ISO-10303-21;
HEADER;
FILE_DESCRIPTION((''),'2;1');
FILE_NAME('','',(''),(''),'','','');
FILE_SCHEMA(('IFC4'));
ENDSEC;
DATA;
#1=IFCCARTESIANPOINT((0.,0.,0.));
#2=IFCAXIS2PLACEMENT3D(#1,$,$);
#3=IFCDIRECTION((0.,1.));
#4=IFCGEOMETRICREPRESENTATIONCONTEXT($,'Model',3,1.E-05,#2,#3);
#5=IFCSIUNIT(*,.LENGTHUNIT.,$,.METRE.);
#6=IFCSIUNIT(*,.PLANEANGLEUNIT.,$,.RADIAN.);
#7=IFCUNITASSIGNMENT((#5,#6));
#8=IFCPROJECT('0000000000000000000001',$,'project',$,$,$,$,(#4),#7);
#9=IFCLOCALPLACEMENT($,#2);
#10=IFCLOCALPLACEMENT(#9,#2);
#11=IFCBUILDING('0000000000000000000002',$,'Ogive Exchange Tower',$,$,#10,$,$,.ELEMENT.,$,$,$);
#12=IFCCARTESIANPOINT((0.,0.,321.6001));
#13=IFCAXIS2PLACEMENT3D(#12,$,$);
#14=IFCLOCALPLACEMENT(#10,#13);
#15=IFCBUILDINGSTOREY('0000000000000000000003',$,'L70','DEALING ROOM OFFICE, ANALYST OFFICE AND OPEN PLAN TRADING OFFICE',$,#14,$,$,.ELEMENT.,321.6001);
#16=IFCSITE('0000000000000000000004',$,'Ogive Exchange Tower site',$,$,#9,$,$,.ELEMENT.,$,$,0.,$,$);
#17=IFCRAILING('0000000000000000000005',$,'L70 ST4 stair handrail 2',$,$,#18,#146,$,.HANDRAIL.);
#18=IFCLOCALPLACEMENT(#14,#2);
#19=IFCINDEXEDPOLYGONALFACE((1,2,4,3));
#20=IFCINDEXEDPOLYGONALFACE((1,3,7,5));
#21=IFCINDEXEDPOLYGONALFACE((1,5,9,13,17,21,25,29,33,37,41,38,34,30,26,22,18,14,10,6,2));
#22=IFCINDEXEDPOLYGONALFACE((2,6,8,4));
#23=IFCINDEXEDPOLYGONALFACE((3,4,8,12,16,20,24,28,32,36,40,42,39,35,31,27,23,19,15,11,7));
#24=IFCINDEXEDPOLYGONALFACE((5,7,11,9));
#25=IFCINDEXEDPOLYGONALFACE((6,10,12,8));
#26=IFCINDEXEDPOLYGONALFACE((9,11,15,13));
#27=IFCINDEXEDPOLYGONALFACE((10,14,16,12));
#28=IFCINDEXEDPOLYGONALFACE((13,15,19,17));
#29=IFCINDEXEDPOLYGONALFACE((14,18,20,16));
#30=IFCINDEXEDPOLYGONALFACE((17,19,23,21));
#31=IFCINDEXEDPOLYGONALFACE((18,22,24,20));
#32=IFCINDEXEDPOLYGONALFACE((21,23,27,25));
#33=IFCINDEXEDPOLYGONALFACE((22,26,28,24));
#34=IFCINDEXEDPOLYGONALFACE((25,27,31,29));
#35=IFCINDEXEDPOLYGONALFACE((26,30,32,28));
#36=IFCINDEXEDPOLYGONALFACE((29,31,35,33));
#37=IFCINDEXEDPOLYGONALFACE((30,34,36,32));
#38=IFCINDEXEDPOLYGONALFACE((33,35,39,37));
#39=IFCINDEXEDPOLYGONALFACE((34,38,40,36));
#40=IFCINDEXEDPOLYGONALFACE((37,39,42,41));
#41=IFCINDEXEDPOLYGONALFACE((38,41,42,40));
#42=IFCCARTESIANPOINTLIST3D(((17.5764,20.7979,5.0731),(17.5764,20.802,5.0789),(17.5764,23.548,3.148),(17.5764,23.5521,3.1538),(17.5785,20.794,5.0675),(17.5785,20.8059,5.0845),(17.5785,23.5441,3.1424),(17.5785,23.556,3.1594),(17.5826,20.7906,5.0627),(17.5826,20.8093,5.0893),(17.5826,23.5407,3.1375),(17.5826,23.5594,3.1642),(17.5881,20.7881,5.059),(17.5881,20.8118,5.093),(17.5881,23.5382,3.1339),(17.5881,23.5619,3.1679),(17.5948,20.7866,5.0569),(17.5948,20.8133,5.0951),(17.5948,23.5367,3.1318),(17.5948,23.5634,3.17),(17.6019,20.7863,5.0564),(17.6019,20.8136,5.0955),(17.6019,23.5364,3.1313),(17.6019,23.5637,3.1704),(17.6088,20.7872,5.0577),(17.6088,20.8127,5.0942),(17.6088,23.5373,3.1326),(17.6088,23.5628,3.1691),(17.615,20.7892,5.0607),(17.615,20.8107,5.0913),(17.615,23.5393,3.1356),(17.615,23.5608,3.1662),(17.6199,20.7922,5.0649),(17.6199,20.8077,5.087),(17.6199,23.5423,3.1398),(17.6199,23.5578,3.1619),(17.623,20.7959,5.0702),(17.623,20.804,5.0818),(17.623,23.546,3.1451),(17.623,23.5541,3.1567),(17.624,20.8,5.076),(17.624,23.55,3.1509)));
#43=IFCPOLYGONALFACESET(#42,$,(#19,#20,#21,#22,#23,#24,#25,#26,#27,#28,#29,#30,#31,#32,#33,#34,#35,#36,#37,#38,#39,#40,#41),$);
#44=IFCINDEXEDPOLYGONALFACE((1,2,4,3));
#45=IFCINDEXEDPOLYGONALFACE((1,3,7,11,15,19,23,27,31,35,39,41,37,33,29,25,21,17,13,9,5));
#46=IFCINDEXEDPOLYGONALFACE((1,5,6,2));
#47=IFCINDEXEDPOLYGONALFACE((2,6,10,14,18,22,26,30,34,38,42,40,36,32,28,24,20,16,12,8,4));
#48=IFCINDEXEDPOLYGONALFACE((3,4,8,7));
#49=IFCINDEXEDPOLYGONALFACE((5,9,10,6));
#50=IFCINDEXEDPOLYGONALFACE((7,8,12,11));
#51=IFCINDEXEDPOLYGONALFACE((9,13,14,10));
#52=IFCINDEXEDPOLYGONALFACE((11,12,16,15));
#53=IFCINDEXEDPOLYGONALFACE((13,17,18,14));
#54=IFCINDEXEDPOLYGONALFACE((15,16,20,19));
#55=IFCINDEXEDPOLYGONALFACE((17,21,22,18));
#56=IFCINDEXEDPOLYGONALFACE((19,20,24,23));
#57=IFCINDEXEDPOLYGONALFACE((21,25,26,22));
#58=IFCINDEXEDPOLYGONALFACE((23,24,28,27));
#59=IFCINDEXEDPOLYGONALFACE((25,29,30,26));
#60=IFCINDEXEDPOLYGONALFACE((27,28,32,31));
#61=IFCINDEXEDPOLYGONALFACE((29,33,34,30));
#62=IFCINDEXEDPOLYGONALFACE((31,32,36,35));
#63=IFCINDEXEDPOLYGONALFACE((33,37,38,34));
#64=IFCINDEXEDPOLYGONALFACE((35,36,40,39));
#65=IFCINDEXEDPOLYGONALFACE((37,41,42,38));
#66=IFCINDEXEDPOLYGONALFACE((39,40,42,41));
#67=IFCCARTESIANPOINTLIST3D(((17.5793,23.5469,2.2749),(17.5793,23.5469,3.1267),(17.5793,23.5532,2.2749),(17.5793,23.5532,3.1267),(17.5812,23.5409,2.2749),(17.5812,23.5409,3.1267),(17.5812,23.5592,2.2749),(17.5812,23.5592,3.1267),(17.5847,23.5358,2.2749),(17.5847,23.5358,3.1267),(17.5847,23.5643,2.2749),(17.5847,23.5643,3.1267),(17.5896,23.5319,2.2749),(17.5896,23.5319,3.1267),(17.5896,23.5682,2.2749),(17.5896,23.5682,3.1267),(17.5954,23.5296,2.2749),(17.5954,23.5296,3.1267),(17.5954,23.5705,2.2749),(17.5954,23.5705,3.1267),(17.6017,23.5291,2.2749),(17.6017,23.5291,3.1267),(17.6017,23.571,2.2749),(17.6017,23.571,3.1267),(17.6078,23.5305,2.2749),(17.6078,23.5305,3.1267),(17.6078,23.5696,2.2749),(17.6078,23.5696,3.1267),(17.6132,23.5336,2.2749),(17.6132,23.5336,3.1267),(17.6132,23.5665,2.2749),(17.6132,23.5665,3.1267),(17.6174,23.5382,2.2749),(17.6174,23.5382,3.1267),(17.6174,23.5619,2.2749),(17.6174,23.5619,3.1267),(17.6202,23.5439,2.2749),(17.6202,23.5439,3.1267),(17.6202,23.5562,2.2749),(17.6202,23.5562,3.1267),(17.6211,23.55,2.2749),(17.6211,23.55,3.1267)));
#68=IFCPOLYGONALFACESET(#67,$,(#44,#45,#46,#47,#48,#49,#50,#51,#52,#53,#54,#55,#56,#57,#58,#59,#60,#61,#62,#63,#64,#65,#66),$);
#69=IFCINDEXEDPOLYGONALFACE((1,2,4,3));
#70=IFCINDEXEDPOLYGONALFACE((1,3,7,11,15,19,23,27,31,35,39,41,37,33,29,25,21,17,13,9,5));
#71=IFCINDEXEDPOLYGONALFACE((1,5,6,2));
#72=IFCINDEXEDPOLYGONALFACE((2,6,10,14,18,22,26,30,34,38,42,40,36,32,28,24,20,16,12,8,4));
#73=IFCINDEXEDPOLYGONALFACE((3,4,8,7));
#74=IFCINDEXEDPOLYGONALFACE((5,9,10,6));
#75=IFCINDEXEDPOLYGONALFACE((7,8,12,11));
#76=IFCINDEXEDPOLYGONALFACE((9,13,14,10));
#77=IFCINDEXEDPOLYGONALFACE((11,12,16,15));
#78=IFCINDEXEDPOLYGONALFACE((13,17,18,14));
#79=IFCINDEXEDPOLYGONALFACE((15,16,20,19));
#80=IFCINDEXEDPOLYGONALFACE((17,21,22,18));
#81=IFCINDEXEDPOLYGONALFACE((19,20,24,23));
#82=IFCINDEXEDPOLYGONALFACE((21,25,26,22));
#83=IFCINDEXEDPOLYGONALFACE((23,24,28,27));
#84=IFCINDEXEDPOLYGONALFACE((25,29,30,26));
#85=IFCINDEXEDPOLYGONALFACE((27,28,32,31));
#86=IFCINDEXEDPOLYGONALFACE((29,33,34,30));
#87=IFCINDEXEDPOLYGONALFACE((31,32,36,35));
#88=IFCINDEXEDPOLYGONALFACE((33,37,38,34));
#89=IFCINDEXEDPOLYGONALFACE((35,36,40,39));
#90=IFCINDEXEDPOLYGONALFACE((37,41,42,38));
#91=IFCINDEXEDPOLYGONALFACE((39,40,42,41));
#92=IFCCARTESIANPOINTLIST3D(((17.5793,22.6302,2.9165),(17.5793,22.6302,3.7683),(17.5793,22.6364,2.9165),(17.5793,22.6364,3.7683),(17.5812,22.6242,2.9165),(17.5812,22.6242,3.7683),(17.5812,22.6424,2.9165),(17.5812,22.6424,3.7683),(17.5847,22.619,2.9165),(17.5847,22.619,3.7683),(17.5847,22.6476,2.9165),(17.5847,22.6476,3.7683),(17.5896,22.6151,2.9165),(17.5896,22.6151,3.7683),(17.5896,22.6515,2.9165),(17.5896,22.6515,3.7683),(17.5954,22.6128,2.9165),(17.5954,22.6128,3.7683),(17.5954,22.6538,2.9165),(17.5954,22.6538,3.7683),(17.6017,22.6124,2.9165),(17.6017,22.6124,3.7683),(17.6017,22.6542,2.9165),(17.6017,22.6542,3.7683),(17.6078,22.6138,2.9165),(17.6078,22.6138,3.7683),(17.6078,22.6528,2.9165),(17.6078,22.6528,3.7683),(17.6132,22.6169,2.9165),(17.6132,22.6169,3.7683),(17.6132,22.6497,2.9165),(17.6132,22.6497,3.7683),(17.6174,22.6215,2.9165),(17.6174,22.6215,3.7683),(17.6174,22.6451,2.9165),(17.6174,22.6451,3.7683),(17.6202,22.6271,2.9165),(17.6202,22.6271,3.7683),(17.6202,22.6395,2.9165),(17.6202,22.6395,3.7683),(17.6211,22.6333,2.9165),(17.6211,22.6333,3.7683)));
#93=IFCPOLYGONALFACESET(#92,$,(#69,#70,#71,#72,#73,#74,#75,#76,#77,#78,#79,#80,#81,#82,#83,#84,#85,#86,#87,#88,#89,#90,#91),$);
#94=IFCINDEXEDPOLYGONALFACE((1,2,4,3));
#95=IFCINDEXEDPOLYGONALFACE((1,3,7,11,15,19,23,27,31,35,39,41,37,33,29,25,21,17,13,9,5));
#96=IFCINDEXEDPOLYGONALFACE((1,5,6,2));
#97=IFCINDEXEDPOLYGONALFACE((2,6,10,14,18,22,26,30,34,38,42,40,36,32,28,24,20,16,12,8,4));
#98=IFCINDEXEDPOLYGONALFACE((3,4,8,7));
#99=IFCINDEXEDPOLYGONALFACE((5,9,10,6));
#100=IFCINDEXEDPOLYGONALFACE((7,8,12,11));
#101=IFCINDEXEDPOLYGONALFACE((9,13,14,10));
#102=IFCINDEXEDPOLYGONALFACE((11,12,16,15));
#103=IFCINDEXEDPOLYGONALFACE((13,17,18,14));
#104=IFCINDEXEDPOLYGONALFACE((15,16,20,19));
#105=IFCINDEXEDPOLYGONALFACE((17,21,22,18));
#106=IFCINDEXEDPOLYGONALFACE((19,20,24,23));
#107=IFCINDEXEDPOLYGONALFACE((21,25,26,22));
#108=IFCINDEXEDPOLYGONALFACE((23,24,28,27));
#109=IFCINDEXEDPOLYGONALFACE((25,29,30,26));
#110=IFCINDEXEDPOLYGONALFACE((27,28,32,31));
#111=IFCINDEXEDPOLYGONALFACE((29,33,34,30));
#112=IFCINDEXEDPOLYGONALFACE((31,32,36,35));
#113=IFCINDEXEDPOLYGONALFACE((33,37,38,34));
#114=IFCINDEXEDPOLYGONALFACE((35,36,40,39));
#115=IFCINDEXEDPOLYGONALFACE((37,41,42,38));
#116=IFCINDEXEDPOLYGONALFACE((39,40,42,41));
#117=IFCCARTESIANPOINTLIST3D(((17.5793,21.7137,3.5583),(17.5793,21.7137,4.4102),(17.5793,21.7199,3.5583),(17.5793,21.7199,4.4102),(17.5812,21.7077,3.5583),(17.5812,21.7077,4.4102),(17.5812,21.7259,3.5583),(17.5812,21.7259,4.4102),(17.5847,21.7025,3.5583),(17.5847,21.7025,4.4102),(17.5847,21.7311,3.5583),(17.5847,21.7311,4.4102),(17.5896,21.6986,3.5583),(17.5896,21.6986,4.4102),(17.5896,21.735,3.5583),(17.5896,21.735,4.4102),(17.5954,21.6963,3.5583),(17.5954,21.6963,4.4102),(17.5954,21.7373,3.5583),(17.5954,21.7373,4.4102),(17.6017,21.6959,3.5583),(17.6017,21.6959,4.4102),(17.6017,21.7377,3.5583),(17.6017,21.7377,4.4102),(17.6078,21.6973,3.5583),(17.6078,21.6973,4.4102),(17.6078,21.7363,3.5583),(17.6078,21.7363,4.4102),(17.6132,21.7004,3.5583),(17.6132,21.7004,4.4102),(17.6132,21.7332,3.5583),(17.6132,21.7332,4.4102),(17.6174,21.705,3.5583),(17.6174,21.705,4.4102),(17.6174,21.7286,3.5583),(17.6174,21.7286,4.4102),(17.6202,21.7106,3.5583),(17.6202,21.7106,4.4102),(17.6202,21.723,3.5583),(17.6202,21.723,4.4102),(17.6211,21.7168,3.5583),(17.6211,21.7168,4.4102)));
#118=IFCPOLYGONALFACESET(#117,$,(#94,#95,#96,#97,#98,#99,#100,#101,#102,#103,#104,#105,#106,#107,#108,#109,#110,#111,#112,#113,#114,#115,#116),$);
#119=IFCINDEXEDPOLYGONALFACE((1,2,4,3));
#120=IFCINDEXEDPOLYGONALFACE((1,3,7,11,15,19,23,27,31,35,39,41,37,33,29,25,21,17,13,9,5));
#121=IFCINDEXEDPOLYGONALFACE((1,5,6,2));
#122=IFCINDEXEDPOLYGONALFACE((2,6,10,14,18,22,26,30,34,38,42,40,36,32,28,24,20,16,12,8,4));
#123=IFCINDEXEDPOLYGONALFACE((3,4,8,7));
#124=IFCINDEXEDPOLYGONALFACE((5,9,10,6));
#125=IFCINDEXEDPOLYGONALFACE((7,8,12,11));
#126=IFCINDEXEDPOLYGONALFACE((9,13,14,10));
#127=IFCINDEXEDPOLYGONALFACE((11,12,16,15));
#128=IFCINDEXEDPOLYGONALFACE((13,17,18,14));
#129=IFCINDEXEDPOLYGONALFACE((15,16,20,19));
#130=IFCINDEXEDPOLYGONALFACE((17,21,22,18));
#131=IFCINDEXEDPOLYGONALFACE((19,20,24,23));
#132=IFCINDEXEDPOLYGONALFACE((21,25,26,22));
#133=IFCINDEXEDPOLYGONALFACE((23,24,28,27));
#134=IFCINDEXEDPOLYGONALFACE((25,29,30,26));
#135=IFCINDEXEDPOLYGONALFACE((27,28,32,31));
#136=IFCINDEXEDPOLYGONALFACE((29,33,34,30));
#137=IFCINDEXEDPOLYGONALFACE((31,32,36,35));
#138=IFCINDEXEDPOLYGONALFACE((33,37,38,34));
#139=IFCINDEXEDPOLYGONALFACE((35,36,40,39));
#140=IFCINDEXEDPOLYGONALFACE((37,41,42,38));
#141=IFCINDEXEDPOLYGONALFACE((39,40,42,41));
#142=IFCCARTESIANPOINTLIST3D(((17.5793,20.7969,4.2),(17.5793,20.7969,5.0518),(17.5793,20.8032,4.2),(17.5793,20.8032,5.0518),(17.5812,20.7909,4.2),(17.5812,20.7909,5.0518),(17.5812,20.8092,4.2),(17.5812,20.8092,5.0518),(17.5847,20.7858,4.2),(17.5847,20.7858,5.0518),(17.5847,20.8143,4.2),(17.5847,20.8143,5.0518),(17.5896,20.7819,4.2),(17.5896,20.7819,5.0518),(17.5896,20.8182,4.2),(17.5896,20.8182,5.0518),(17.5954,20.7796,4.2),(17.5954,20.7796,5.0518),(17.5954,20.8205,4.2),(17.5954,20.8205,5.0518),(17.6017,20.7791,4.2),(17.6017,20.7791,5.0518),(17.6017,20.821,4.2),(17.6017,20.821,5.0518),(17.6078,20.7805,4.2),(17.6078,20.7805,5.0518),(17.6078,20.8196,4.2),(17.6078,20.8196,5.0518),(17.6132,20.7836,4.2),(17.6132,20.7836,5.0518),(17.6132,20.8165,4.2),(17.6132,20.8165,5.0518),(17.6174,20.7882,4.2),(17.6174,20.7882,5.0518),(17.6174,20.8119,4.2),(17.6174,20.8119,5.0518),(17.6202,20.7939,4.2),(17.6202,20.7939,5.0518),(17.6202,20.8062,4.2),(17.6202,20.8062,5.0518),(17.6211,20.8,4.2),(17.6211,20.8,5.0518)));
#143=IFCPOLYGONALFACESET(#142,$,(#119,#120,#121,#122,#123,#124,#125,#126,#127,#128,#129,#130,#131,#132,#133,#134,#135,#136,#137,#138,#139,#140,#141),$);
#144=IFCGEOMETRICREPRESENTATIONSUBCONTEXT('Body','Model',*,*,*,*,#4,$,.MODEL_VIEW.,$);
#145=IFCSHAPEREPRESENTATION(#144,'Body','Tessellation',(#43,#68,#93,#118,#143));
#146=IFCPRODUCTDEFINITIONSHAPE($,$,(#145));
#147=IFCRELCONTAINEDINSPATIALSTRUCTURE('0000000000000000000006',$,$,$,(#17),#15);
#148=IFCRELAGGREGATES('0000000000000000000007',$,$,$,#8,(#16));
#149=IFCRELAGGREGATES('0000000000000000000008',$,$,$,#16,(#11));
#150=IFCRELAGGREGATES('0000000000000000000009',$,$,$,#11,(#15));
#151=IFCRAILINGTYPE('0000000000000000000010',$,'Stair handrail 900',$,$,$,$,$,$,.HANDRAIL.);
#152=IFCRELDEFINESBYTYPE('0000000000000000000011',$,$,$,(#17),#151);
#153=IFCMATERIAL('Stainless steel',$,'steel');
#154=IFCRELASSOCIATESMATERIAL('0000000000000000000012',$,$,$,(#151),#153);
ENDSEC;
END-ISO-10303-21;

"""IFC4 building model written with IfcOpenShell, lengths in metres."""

from ifc_helpers import new_model, si_unit, direction, frame, origin, origin_2d, place, context, subcontext, project, spatial, circle, extrude, material, type_object, element, save


model = new_model("IFC4")

# Units and contexts
model_context = context("Model", 3, precision=1e-05, world=origin(), true_north=direction((0.0, 1.0)))
body_context = subcontext(model_context, "Body", "Model", "MODEL_VIEW")
ifc_project = project(units=[si_unit("LENGTHUNIT", "METRE"), si_unit("PLANEANGLEUNIT", "RADIAN")], contexts=[model_context])

# Site, building, storey
site_placement = place(None, origin())
site = spatial("IfcSite", under=ifc_project, at=site_placement, Name="Ogive Exchange Tower site", CompositionType="ELEMENT", RefElevation=0.0)
building_placement = place(site_placement, origin())
building = spatial("IfcBuilding", under=site, at=building_placement, Name="Ogive Exchange Tower", CompositionType="ELEMENT")
storey_placement = place(building_placement, frame((0.0, 0.0, 321.6001)))
storey = spatial("IfcBuildingStorey", under=building, at=storey_placement, Name="L70", Description="DEALING ROOM OFFICE, ANALYST OFFICE AND OPEN PLAN TRADING OFFICE", CompositionType="ELEMENT", Elevation=321.6001)

# Railing
ifc_material_1 = material(Name="Stainless steel", Category="steel")
railing_type = type_object("IfcRailingType", Name="Stair handrail 900", PredefinedType="HANDRAIL", material=ifc_material_1)
railing_1_placement = place(storey_placement, frame((17.6001, 23.55, 2.2749)))
element("IfcRailing", 1, at=railing_1_placement, inside=storey, type_object=railing_type, Name="L70 ST4 stair handrail 2", PredefinedType="HANDRAIL", context=body_context, shape_type="SweptSolid", body=[
    extrude(circle(Radius=0.0239, at=origin_2d()), frame((0.0, 0.0, 0.876), z_axis=(0.0, -0.819225, 0.573472), x_axis=(1.0, 0.0, 0.0)), (0.0, 0.0, 1.0), 3.3569),
    extrude(circle(Radius=0.021, at=origin_2d()), origin(), (0.0, 0.0, 1.0), 0.8518),
    extrude(circle(Radius=0.021, at=origin_2d()), frame((0.0, -0.9167, 0.6416)), (0.0, 0.0, 1.0), 0.8518),
    extrude(circle(Radius=0.021, at=origin_2d()), frame((0.0, -1.8333, 1.2834)), (0.0, 0.0, 1.0), 0.8518),
    extrude(circle(Radius=0.021, at=origin_2d()), frame((0.0, -2.75, 1.925)), (0.0, 0.0, 1.0), 0.8518),
])

save(model, "model.ifc")
